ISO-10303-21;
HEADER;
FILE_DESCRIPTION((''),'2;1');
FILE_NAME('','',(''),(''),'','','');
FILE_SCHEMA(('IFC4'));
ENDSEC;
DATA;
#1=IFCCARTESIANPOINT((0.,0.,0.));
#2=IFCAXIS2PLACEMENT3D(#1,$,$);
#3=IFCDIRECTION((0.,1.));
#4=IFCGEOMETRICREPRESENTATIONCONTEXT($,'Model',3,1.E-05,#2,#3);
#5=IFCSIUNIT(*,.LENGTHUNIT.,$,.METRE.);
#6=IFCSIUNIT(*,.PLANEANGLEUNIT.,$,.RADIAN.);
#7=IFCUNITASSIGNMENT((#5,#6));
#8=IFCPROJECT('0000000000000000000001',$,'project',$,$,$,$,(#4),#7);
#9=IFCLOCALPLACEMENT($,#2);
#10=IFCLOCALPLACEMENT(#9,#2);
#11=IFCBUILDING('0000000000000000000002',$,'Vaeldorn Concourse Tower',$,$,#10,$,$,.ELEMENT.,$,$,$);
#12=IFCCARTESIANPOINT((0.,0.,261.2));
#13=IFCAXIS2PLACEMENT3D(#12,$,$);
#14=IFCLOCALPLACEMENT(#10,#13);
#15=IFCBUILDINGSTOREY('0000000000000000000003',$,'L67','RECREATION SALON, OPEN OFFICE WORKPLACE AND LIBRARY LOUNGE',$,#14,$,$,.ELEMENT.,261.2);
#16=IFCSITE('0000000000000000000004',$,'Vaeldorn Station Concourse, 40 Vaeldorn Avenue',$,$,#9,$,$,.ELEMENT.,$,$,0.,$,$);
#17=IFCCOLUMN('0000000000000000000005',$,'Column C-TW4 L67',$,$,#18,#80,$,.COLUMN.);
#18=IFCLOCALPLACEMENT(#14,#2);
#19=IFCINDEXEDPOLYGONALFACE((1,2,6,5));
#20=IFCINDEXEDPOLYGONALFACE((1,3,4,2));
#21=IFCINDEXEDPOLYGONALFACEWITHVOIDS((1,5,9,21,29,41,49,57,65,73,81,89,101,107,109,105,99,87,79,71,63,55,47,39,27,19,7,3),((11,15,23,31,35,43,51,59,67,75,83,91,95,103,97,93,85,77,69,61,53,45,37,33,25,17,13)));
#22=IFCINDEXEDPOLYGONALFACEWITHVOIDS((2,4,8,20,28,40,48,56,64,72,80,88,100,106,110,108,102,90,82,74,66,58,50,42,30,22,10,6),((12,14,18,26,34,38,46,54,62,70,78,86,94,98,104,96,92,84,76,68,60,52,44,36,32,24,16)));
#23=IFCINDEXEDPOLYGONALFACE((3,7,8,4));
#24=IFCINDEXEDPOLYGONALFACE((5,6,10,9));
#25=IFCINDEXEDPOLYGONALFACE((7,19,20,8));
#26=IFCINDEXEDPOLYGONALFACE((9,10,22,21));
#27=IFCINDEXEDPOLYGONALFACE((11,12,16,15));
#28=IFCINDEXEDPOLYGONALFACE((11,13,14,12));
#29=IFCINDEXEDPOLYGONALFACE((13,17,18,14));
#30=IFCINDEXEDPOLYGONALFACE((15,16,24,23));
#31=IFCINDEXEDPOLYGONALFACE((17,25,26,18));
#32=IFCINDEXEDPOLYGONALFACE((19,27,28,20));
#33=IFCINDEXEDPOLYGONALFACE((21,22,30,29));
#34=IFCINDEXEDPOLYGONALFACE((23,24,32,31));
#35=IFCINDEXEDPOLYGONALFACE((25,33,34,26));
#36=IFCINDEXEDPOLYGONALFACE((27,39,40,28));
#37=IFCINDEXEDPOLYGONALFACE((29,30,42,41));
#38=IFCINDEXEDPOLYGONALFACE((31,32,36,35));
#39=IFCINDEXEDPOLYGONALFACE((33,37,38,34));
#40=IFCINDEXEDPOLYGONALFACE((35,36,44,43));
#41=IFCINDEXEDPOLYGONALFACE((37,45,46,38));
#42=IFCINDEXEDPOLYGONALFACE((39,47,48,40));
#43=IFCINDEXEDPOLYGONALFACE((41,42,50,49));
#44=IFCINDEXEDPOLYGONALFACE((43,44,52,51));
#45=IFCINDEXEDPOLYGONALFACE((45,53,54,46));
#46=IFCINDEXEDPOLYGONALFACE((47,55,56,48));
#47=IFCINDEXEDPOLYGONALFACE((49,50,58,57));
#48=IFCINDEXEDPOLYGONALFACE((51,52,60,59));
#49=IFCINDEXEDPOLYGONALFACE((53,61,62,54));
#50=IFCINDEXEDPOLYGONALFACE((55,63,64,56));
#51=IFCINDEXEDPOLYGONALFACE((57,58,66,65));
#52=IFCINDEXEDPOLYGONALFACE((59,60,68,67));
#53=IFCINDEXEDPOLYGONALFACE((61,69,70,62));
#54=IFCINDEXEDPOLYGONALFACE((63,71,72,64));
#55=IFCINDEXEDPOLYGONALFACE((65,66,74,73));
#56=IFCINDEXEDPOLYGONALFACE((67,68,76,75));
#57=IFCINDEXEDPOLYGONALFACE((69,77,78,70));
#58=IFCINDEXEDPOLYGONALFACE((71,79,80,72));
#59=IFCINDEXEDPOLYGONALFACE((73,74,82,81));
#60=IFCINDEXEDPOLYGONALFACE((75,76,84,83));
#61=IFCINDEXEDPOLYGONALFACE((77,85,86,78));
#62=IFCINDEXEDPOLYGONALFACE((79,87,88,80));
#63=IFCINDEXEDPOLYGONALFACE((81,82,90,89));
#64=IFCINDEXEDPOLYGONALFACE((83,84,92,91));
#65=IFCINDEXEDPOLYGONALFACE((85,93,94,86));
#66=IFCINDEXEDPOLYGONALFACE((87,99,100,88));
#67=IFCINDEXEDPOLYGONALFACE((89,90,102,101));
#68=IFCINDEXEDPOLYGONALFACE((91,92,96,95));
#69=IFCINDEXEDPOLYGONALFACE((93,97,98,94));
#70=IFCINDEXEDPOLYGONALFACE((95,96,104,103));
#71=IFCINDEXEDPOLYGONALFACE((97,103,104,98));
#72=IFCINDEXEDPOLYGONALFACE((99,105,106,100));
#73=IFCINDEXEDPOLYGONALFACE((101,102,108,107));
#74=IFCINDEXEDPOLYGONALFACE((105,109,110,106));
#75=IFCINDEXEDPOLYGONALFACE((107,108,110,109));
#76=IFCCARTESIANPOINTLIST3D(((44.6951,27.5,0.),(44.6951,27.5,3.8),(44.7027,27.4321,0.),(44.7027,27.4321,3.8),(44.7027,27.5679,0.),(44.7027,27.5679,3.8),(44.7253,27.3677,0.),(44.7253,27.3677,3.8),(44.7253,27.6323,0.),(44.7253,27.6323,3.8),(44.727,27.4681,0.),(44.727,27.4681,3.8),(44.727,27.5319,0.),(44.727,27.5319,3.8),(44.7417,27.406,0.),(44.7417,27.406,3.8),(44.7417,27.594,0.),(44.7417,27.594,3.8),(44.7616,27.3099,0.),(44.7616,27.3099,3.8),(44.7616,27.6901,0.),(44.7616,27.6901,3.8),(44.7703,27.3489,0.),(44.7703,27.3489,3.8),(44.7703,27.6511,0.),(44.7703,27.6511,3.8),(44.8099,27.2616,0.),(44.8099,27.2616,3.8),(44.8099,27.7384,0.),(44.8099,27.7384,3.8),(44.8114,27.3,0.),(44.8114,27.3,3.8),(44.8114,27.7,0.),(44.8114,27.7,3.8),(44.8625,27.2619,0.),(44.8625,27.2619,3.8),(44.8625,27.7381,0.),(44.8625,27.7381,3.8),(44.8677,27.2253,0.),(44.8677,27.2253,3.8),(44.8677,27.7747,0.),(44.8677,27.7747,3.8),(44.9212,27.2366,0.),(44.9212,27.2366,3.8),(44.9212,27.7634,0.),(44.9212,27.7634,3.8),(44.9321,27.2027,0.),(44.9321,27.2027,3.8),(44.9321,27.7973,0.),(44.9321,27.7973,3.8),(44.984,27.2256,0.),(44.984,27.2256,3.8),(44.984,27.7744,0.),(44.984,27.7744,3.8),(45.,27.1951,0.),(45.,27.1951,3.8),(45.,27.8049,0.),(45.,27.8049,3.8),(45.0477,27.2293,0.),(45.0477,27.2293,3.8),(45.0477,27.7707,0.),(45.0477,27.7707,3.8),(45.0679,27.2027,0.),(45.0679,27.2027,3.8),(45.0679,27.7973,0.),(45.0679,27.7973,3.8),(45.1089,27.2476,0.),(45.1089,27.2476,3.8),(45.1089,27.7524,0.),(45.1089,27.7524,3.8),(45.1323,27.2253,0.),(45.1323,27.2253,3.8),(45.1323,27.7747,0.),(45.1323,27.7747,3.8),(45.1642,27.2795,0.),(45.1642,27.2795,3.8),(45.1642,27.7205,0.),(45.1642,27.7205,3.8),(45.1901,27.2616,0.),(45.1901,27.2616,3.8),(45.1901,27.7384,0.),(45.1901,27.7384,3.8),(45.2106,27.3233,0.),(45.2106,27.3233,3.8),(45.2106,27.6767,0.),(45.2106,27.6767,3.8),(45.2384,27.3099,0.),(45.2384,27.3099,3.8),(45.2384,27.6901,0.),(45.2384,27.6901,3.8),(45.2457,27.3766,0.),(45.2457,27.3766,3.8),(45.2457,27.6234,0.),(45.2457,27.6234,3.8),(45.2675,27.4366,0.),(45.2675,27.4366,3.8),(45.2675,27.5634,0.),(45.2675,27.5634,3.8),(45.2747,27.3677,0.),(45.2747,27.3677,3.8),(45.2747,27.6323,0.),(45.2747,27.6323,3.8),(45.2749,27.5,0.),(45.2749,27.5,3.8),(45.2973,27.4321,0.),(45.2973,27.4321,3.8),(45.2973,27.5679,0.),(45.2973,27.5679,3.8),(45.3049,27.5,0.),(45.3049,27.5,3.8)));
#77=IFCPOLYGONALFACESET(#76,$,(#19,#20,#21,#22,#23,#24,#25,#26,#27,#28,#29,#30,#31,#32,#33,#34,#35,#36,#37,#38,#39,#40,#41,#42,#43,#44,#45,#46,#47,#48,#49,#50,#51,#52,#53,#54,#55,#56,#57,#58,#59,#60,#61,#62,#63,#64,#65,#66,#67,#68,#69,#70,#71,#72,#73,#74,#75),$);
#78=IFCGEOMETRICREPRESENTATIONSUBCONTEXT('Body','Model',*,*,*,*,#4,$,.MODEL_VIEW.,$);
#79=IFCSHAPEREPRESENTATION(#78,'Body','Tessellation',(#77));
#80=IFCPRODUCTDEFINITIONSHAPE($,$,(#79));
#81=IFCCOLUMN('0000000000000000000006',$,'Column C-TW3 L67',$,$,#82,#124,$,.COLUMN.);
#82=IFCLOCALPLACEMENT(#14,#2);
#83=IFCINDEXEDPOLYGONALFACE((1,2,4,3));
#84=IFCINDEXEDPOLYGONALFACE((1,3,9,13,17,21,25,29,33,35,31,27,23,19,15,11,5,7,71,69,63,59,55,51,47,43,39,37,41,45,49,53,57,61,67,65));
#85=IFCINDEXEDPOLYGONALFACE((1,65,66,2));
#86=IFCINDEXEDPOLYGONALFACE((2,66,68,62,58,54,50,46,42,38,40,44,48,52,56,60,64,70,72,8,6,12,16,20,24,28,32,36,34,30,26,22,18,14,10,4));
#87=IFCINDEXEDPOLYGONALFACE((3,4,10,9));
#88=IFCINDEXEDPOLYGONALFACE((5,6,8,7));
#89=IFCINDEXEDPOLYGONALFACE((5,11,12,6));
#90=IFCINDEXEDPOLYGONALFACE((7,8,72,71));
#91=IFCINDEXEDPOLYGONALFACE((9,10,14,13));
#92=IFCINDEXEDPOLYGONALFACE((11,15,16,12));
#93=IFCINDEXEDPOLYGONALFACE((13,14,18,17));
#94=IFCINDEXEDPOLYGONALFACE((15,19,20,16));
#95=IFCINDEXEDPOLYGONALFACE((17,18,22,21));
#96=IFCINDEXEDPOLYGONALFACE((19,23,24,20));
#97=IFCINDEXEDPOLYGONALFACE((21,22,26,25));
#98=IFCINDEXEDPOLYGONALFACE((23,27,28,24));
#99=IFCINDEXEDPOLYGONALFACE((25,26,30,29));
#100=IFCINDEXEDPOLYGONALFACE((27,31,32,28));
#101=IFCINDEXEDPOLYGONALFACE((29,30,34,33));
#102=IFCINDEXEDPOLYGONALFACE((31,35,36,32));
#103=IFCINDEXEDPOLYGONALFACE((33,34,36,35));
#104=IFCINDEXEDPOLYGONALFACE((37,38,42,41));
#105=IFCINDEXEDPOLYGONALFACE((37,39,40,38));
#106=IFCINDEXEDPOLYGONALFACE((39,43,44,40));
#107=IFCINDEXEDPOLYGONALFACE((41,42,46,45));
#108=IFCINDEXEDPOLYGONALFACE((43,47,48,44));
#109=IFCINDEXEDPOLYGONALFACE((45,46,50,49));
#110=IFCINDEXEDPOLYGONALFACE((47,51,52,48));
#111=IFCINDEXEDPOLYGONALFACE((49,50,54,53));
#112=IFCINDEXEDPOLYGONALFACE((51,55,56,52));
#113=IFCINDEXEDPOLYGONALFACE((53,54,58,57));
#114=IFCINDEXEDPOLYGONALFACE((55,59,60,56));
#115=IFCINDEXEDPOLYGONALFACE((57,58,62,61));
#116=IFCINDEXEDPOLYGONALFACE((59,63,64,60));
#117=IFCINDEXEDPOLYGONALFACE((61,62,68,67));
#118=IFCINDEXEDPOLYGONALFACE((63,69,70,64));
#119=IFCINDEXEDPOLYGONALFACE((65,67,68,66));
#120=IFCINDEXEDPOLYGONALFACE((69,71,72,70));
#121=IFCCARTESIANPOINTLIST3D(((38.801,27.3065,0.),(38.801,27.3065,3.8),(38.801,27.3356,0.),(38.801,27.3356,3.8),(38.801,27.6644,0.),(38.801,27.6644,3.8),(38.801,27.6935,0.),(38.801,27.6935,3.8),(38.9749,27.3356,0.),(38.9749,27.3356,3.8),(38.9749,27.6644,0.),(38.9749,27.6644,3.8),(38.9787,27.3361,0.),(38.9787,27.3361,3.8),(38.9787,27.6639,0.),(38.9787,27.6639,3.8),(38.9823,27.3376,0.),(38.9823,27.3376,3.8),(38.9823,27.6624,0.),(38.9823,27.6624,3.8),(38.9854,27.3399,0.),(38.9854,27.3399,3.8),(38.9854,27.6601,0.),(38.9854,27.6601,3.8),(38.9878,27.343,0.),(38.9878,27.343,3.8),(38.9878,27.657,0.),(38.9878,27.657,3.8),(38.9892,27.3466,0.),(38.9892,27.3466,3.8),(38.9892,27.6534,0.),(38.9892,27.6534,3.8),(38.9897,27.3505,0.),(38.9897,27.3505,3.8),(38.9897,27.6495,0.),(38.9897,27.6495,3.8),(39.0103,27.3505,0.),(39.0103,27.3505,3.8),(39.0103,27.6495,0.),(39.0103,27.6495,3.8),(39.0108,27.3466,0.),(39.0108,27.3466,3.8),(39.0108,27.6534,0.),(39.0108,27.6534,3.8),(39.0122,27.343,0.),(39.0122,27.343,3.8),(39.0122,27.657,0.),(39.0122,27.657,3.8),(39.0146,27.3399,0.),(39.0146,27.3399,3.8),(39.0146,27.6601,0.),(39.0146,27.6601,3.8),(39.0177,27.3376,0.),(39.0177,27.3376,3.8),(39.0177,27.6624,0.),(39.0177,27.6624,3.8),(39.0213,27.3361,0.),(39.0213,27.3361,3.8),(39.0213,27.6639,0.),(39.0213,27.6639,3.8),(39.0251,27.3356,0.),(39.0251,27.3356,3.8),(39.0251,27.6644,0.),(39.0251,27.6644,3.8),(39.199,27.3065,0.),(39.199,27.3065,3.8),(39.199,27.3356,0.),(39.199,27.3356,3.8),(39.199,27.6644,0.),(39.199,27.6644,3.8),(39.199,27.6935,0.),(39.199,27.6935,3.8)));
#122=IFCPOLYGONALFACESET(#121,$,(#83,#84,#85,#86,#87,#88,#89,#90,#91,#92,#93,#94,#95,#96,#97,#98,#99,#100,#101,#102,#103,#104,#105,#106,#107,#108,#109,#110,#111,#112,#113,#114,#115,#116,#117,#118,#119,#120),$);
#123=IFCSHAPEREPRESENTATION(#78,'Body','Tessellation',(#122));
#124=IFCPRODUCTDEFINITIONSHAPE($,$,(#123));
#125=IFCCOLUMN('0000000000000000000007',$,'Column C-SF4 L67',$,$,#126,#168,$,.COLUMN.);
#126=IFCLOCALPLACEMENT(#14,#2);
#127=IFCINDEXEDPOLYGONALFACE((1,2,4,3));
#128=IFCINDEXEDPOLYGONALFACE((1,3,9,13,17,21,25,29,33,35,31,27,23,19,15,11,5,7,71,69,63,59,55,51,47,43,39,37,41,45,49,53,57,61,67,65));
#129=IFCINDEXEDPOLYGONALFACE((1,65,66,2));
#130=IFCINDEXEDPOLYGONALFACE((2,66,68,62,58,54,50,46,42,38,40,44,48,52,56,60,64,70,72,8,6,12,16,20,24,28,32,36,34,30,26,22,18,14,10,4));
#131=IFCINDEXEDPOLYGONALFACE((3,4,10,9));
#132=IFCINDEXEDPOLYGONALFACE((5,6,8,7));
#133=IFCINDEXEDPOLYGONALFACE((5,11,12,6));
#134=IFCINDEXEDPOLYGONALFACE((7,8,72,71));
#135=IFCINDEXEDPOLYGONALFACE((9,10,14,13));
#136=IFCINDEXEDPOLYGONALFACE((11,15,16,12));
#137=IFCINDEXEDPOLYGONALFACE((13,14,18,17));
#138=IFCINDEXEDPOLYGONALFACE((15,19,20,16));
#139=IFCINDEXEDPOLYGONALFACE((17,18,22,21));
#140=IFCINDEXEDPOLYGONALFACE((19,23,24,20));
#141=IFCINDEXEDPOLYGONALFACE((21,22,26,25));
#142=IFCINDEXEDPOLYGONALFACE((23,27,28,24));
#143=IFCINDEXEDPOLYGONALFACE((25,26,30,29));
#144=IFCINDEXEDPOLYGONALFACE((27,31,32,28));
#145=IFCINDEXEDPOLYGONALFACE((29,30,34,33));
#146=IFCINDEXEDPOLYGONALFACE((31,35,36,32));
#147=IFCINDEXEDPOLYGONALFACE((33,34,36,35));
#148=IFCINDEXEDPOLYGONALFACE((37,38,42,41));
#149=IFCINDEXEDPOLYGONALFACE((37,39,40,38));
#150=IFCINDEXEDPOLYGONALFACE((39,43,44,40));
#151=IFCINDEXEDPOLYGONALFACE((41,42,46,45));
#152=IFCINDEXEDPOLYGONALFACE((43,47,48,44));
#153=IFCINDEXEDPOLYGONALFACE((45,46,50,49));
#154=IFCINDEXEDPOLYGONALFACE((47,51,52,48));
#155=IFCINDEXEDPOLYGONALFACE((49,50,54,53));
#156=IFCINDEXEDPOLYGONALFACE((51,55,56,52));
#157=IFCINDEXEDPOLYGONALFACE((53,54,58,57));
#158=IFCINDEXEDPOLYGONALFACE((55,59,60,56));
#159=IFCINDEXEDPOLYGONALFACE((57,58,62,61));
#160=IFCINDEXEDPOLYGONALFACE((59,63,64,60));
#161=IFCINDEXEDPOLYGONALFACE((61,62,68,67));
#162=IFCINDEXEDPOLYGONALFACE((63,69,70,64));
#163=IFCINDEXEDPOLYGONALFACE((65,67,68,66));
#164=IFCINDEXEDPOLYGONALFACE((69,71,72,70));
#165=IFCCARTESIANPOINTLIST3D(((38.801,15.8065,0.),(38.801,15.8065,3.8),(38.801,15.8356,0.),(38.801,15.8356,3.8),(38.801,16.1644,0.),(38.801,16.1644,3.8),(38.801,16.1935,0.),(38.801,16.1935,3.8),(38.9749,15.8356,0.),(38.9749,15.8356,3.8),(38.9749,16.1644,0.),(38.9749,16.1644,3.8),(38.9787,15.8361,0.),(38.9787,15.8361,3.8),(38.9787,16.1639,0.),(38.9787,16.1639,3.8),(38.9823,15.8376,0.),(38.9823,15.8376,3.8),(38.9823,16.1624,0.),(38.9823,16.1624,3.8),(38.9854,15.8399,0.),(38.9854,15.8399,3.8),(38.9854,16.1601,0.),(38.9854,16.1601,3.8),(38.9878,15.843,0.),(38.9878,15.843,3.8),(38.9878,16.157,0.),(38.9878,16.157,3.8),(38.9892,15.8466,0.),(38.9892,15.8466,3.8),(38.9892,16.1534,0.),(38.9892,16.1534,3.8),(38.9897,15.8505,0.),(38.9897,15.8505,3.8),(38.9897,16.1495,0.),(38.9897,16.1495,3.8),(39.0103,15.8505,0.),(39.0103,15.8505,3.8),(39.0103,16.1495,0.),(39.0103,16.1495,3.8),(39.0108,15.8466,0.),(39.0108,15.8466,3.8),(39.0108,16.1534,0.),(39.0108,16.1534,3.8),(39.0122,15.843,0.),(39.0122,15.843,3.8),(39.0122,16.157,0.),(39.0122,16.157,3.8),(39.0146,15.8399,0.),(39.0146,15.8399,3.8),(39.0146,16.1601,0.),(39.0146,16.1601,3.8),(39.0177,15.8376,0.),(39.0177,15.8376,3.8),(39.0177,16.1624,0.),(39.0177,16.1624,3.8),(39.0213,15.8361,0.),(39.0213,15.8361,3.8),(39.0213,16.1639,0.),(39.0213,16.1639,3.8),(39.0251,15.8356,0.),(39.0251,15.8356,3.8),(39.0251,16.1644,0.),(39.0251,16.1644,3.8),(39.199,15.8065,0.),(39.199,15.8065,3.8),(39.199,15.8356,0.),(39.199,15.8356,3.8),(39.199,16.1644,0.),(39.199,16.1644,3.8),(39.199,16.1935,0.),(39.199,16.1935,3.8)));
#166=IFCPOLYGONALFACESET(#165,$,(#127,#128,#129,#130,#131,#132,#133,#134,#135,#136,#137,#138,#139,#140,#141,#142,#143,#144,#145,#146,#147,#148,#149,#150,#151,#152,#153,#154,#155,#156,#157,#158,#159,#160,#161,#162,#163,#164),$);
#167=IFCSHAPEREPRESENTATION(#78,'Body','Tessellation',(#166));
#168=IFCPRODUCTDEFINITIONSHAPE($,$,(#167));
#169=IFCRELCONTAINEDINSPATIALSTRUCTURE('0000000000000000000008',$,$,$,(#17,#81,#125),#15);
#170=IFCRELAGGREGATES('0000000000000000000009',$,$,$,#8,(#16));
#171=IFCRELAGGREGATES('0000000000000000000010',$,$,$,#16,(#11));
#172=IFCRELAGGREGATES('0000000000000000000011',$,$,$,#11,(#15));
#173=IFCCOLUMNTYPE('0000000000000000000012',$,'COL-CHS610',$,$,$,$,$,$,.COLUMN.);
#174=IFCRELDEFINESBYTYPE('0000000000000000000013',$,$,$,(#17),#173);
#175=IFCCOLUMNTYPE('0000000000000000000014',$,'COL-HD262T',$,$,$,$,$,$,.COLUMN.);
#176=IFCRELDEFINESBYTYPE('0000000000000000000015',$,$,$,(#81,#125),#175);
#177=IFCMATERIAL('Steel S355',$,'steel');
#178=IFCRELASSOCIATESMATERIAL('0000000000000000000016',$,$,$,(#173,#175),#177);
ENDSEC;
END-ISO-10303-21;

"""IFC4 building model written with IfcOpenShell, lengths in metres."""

from ifc_helpers import new_model, si_unit, direction, frame, origin, origin_2d, place, context, subcontext, project, spatial, hollow_circle, i_section, extrude, source, transform, mapped, material, material_profile, profile_set, type_object, element, save


model = new_model("IFC4")

# Units and contexts
model_context = context("Model", 3, precision=1e-05, world=origin(), true_north=direction((0.0, 1.0)))
body_context = subcontext(model_context, "Body", "Model", "MODEL_VIEW")
ifc_project = project(units=[si_unit("LENGTHUNIT", "METRE"), si_unit("PLANEANGLEUNIT", "RADIAN")], contexts=[model_context])

# Site, building, storey
site_placement = place(None, origin())
site = spatial("IfcSite", under=ifc_project, at=site_placement, Name="Vaeldorn Station Concourse, 40 Vaeldorn Avenue", CompositionType="ELEMENT", RefElevation=0.0)
building_placement = place(site_placement, origin())
building = spatial("IfcBuilding", under=site, at=building_placement, Name="Vaeldorn Concourse Tower", CompositionType="ELEMENT")
storey_placement = place(building_placement, frame((0.0, 0.0, 261.2)))
storey = spatial("IfcBuildingStorey", under=building, at=storey_placement, Name="L67", Description="RECREATION SALON, OPEN OFFICE WORKPLACE AND LIBRARY LOUNGE", CompositionType="ELEMENT", Elevation=261.2)

# Columns
ifc_material_1 = material(Name="Steel S355", Category="steel")
ifc_material_profile_1 = material_profile(ifc_material_1, hollow_circle(Radius=0.3049, WallThickness=0.03, at=origin_2d()), Name="CHS 610x30")
ifc_profile_set_1 = profile_set([ifc_material_profile_1], Name="Steel S355")
column_type_1 = type_object("IfcColumnType", Name="COL-CHS610", PredefinedType="COLUMN", material=ifc_profile_set_1)
shared_shape_1 = source(origin(), body_context, "Body", "SweptSolid", [
    extrude(hollow_circle(Radius=0.3049, WallThickness=0.03, at=origin_2d()), origin(), (0.0, 0.0, 1.0), 3.8),
])
column_placement = place(storey_placement, frame((45.0, 27.5, 0.0), z_axis=(0.0, 0.0, 1.0), x_axis=(1.0, 0.0, 0.0)))
element("IfcColumn", 1, at=column_placement, inside=storey, type_object=column_type_1, Name="Column C-TW4 L67", PredefinedType="COLUMN", context=body_context, shape_type="MappedRepresentation", body=[
    mapped(shared_shape_1, transform((0.0, 0.0, 0.0), scale=1.0)),
])
ifc_material_profile_2 = material_profile(ifc_material_1, i_section(OverallWidth=0.3979, OverallDepth=0.387, WebThickness=0.0205, FlangeThickness=0.0291, FilletRadius=0.0149, at=origin_2d()), Name="HD 400x262")
ifc_profile_set_2 = profile_set([ifc_material_profile_2], Name="Steel S355")
column_type_2 = type_object("IfcColumnType", Name="COL-HD262T", PredefinedType="COLUMN", material=ifc_profile_set_2)
shared_shape_2 = source(origin(), body_context, "Body", "SweptSolid", [
    extrude(i_section(OverallWidth=0.3979, OverallDepth=0.387, WebThickness=0.0205, FlangeThickness=0.0291, FilletRadius=0.0149, at=origin_2d()), origin(), (0.0, 0.0, 1.0), 3.8),
])
for number, where, z_axis, x_axis, name in (
    (2, (39.0, 27.5, 0.0), (0.0, 0.0, 1.0), (1.0, 0.0, 0.0), "Column C-TW3 L67"),
    (3, (39.0, 16.0, 0.0), (0.0, 0.0, 1.0), (1.0, 0.0, 0.0), "Column C-SF4 L67"),
):
    element("IfcColumn", number, at=place(storey_placement, frame(where, z_axis=z_axis, x_axis=x_axis)), inside=storey, type_object=column_type_2, Name=name, PredefinedType="COLUMN", context=body_context, shape_type="MappedRepresentation", body=[
        mapped(shared_shape_2, transform((0.0, 0.0, 0.0), scale=1.0)),
    ])

save(model, "model.ifc")
